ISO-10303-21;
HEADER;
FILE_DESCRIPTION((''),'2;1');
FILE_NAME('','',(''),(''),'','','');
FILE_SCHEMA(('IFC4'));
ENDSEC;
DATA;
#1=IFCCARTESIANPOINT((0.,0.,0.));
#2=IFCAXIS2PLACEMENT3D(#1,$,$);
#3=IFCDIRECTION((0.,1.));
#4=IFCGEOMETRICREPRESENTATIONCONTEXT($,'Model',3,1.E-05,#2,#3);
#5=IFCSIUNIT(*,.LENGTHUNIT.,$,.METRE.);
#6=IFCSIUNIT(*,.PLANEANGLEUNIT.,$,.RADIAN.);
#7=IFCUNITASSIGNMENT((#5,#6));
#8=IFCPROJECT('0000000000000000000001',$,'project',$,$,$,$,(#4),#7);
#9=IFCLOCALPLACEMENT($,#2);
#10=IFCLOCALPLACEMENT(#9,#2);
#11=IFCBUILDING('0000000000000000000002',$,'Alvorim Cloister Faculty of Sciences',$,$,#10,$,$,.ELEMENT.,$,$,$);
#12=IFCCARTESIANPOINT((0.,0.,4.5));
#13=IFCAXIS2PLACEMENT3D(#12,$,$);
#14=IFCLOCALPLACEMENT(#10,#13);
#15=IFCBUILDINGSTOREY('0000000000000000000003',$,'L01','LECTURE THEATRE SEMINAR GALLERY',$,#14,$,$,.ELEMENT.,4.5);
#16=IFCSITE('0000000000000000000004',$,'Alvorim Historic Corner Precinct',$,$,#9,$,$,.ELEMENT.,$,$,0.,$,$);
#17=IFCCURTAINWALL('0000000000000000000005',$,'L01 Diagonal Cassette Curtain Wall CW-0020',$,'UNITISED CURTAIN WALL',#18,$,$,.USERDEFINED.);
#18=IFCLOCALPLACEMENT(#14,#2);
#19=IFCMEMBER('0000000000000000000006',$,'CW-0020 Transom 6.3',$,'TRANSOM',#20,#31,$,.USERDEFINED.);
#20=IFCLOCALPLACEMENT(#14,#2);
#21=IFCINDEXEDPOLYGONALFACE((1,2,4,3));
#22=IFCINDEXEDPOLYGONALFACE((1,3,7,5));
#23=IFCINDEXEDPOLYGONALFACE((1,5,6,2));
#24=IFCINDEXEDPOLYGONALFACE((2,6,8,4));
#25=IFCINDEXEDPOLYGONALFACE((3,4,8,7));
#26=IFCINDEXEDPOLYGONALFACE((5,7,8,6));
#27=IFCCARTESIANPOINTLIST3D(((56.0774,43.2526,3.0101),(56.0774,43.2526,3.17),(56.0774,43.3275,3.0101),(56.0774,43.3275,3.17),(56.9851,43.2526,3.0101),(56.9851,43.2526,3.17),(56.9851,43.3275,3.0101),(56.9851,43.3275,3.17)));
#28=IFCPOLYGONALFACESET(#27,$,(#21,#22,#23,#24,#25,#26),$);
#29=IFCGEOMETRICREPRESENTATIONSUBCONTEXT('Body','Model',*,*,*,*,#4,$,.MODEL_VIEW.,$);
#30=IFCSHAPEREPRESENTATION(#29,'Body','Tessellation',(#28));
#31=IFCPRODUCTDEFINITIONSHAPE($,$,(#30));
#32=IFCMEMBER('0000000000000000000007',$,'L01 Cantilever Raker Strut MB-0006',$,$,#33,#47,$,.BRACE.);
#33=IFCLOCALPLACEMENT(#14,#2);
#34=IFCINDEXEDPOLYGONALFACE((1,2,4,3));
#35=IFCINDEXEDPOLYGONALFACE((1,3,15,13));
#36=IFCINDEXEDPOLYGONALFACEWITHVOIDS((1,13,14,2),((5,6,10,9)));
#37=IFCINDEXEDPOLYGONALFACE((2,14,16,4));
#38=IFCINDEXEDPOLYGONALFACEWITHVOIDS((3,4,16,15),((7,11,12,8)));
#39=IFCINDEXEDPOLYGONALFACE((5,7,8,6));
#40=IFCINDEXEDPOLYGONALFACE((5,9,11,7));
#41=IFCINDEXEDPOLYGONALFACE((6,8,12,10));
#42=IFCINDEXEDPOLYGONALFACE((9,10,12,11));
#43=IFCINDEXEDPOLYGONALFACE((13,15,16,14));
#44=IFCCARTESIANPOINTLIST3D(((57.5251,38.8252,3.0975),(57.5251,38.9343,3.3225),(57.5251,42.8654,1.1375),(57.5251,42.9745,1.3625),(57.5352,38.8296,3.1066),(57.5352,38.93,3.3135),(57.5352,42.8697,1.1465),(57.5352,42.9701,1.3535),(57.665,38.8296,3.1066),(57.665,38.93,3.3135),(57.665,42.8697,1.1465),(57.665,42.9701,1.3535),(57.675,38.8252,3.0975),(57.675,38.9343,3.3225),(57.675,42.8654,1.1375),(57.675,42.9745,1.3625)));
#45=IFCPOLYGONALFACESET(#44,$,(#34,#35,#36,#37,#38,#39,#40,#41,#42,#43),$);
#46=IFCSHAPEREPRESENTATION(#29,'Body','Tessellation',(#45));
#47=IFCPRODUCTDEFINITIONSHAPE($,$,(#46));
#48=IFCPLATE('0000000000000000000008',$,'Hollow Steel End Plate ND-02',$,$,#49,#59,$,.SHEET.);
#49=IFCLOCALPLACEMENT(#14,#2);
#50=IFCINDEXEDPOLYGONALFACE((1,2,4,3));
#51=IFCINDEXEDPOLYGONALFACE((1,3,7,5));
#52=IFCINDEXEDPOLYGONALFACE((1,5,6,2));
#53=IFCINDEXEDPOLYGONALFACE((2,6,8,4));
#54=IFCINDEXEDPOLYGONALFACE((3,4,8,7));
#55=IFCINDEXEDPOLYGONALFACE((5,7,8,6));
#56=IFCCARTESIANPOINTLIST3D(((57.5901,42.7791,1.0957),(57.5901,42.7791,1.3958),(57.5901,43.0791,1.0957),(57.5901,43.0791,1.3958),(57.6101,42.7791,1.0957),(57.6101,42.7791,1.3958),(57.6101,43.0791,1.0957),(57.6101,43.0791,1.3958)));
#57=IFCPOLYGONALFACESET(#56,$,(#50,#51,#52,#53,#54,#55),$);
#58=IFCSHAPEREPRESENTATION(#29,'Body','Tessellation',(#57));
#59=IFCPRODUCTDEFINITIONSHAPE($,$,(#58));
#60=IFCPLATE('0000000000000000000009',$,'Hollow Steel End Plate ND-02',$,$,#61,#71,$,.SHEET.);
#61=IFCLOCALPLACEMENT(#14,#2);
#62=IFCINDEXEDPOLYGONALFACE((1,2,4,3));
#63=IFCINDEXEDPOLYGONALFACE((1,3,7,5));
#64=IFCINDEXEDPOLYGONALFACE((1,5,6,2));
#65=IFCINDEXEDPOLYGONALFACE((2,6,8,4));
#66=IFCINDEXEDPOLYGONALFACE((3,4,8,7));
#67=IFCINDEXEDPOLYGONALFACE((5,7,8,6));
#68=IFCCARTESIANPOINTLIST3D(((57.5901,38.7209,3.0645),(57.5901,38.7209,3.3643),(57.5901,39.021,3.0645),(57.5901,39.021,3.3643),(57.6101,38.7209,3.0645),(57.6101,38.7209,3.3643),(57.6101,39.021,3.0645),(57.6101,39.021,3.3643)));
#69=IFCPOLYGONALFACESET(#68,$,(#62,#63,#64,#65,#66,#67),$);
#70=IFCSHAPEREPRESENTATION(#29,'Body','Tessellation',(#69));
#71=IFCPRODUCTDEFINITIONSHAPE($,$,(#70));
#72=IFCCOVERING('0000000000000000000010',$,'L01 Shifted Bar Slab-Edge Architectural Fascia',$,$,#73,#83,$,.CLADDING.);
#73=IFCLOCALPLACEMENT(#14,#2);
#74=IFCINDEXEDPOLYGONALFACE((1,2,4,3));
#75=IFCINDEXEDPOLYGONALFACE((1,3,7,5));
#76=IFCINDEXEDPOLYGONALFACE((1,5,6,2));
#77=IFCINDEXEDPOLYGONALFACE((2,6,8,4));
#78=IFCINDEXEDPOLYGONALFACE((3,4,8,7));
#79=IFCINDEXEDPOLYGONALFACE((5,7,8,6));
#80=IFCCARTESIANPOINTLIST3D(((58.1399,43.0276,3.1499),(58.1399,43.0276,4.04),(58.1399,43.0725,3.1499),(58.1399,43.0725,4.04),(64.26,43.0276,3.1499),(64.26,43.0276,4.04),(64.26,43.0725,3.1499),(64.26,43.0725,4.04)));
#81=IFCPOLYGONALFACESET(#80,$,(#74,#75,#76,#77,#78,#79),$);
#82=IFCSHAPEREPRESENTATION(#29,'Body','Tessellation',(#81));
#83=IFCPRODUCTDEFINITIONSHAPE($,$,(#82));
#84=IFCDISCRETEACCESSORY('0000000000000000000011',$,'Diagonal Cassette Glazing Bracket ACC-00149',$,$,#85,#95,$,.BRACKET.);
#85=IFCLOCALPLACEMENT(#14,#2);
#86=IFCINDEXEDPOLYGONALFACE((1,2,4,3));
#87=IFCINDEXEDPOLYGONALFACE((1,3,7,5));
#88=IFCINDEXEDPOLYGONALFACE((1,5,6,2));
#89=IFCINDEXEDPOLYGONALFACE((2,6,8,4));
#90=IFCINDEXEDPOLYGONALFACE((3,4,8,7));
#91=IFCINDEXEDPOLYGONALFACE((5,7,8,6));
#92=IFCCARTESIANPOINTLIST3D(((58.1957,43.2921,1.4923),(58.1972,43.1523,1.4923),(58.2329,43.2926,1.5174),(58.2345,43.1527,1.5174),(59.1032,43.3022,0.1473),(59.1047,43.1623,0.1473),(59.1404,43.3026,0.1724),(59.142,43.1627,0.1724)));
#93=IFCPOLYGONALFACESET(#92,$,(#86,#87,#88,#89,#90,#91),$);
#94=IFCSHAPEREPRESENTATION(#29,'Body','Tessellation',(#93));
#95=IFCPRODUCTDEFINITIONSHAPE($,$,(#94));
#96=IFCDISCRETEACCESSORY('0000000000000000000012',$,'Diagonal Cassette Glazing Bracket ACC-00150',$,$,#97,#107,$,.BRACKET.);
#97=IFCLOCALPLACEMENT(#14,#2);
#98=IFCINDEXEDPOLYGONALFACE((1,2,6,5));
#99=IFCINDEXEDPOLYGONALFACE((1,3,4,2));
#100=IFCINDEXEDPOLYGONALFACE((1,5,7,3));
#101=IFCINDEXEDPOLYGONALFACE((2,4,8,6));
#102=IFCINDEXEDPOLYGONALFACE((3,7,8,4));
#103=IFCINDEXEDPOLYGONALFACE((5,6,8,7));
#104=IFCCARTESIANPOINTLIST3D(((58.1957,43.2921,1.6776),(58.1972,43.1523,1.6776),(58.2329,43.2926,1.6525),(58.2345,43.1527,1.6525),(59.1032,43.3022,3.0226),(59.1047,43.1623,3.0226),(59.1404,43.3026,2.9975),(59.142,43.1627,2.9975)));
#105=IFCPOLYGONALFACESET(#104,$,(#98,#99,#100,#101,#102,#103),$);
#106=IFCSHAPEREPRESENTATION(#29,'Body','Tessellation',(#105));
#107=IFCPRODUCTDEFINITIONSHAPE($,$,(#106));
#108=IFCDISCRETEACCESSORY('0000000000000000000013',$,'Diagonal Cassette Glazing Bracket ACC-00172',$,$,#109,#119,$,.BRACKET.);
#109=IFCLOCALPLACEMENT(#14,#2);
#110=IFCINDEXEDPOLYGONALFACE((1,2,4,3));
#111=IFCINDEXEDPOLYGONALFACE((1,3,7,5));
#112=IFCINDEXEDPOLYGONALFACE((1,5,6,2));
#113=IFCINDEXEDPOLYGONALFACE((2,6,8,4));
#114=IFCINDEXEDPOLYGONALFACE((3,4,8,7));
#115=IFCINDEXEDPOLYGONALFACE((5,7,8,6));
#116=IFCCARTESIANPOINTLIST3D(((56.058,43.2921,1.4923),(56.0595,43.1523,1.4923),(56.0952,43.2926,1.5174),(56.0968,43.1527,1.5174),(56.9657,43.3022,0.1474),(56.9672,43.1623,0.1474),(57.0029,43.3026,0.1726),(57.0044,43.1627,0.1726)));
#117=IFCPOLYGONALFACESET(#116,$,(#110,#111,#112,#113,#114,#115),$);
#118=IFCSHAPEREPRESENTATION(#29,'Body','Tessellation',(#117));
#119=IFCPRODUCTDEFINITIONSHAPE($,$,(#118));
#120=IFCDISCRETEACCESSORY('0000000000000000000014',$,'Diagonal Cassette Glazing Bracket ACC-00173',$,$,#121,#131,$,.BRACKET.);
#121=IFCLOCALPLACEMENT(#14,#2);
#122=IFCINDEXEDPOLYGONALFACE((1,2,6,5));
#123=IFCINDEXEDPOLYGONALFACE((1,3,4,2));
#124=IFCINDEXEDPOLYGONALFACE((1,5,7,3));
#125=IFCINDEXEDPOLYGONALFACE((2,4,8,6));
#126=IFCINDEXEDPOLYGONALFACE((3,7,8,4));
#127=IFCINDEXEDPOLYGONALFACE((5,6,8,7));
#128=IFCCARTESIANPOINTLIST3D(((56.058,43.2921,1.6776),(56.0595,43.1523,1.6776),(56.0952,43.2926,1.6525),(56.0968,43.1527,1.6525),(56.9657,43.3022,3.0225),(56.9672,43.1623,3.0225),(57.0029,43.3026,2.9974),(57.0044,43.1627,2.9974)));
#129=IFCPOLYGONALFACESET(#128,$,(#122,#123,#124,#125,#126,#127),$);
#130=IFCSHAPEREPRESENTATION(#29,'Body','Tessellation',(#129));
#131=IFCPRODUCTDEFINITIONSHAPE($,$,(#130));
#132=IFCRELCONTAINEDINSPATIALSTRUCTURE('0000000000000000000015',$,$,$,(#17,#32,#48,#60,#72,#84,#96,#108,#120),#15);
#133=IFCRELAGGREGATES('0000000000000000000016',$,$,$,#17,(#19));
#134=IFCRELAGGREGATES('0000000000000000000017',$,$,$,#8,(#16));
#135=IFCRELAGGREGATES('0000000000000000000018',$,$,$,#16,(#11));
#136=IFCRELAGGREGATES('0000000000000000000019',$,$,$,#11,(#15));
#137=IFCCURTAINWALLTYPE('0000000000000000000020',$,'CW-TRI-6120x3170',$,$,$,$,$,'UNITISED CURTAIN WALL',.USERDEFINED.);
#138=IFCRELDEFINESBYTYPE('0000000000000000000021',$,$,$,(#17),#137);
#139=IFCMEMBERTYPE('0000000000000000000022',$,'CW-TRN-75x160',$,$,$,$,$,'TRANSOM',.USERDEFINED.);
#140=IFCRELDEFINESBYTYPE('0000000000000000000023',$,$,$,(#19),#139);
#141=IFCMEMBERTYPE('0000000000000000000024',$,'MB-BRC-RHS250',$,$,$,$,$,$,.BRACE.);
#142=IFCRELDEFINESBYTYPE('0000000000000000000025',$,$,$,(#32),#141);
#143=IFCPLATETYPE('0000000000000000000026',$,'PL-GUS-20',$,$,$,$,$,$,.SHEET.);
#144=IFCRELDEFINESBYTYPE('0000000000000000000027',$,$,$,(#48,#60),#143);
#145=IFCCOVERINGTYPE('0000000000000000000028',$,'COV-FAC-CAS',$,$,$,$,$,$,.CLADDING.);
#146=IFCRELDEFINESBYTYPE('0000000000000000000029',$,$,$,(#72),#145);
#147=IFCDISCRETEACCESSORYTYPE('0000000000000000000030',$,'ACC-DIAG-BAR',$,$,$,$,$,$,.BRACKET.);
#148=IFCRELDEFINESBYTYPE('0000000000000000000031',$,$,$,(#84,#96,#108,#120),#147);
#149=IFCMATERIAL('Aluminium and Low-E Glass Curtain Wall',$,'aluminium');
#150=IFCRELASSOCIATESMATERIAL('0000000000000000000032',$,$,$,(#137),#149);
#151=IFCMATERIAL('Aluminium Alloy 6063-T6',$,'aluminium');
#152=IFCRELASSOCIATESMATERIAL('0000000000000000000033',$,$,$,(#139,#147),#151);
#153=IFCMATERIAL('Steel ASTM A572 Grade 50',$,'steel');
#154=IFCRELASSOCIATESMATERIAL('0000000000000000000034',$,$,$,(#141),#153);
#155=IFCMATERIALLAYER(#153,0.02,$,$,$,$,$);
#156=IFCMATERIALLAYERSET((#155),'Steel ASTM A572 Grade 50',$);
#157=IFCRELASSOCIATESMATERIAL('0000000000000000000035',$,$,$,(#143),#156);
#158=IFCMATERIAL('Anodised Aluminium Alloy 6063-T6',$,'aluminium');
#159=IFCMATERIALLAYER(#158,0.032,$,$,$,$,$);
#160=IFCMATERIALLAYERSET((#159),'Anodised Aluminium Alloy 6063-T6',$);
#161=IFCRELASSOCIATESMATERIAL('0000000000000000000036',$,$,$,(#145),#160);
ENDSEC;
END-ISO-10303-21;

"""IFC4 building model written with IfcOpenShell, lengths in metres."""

from ifc_helpers import new_model, si_unit, direction, frame, origin, origin_2d, place, context, subcontext, project, spatial, polyline, rectangle, hollow_rectangle, outline, extrude, material, layer, layer_set, material_profile, profile_set, type_object, element, aggregate, save


model = new_model("IFC4")

# Units and contexts
model_context = context("Model", 3, precision=1e-05, world=origin(), true_north=direction((0.0, 1.0)))
body_context = subcontext(model_context, "Body", "Model", "MODEL_VIEW")
ifc_project = project(units=[si_unit("LENGTHUNIT", "METRE"), si_unit("PLANEANGLEUNIT", "RADIAN")], contexts=[model_context])

# Site, building, storey
site_placement = place(None, origin())
site = spatial("IfcSite", under=ifc_project, at=site_placement, Name="Alvorim Historic Corner Precinct", CompositionType="ELEMENT", RefElevation=0.0)
building_placement = place(site_placement, origin())
building = spatial("IfcBuilding", under=site, at=building_placement, Name="Alvorim Cloister Faculty of Sciences", CompositionType="ELEMENT")
storey_placement = place(building_placement, frame((0.0, 0.0, 4.5)))
storey = spatial("IfcBuildingStorey", under=building, at=storey_placement, Name="L01", Description="LECTURE THEATRE SEMINAR GALLERY", CompositionType="ELEMENT", Elevation=4.5)

# Shared definitions
ifc_material_1 = material(Name="Steel ASTM A572 Grade 50", Category="steel")

# Shared definitions
ifc_material_2 = material(Name="Aluminium and Low-E Glass Curtain Wall", Category="aluminium")
curtain_wall_type = type_object("IfcCurtainWallType", Name="CW-TRI-6120x3170", ElementType="UNITISED CURTAIN WALL", PredefinedType="USERDEFINED", material=ifc_material_2)
ifc_material_3 = material(Name="Aluminium Alloy 6063-T6", Category="aluminium")

# Curtain wall
curtain_wall_1_placement = place(storey_placement, origin())
curtain_wall_1 = element("IfcCurtainWall", 1, at=curtain_wall_1_placement, inside=storey, type_object=curtain_wall_type, Name="L01 Diagonal Cassette Curtain Wall CW-0020", ObjectType="UNITISED CURTAIN WALL", PredefinedType="USERDEFINED")

# Members
ifc_material_profile_1 = material_profile(ifc_material_3, rectangle(XDim=0.075, YDim=0.1599, at=origin_2d()), Name="ALU-TRN-75x160")
ifc_profile_set_1 = profile_set([ifc_material_profile_1], Name="Aluminium Alloy 6063-T6")
member_type_1 = type_object("IfcMemberType", Name="CW-TRN-75x160", ElementType="TRANSOM", PredefinedType="USERDEFINED", material=ifc_profile_set_1)
member_1_placement = place(storey_placement, frame((56.0774, 43.29, 3.0901), z_axis=(1.0, 0.0, 0.0), x_axis=(0.0, 1.0, 0.0)))
member_1 = element("IfcMember", 2, at=member_1_placement, type_object=member_type_1, Name="CW-0020 Transom 6.3", ObjectType="TRANSOM", PredefinedType="USERDEFINED", context=body_context, shape_type="SweptSolid", body=[
    extrude(rectangle(XDim=0.075, YDim=0.1599, at=origin_2d()), origin(), (0.0, 0.0, 1.0), 0.9077),
])
ifc_material_profile_2 = material_profile(ifc_material_1, hollow_rectangle(XDim=0.1499, YDim=0.25, WallThickness=0.01, at=origin_2d()), Name="RHS250x150x10")
ifc_profile_set_2 = profile_set([ifc_material_profile_2], Name="Steel ASTM A572 Grade 50")
member_type_2 = type_object("IfcMemberType", Name="MB-BRC-RHS250", PredefinedType="BRACE", material=ifc_profile_set_2)
member_2_placement = place(storey_placement, frame((57.6001, 42.9199, 1.25), z_axis=(0.0, -0.899713, 0.436482), x_axis=(1.0, 0.0, 0.0)))
element("IfcMember", 3, at=member_2_placement, inside=storey, type_object=member_type_2, Name="L01 Cantilever Raker Strut MB-0006", PredefinedType="BRACE", context=body_context, shape_type="SweptSolid", body=[
    extrude(hollow_rectangle(XDim=0.1499, YDim=0.25, WallThickness=0.01, at=origin_2d()), origin(), (0.0, 0.0, 1.0), 4.4905),
])

# Plates
ifc_layer_1 = layer(ifc_material_1, 0.02)
ifc_layer_set_1 = layer_set([ifc_layer_1], Name="Steel ASTM A572 Grade 50")
plate_type_1 = type_object("IfcPlateType", Name="PL-GUS-20", PredefinedType="SHEET", material=ifc_layer_set_1)
plate_1_placement = place(storey_placement, frame((57.6001, 43.0791, 1.0957), z_axis=(0.0, 0.0, 1.0), x_axis=(0.0, -1.0, 0.0)))
element("IfcPlate", 4, at=plate_1_placement, inside=storey, type_object=plate_type_1, Name="Hollow Steel End Plate ND-02", PredefinedType="SHEET", context=body_context, shape_type="SweptSolid", body=[
    extrude(outline(polyline([(0.0, 0.0), (0.3, 0.0), (0.3, 0.3), (0.0, 0.3), (0.0, 0.0)])), frame((0.0, 0.01, 0.0), z_axis=(0.0, -1.0, 0.0), x_axis=(1.0, 0.0, 0.0)), (0.0, 0.0, 1.0), 0.02),
])
plate_2_placement = place(storey_placement, frame((57.6001, 39.021, 3.0645), z_axis=(0.0, 0.0, 1.0), x_axis=(0.0, -1.0, 0.0)))
element("IfcPlate", 5, at=plate_2_placement, inside=storey, type_object=plate_type_1, Name="Hollow Steel End Plate ND-02", PredefinedType="SHEET", context=body_context, shape_type="SweptSolid", body=[
    extrude(outline(polyline([(0.0, 0.0), (0.3, 0.0), (0.3, 0.2998), (0.0, 0.2998), (0.0, 0.0)])), frame((0.0, 0.01, 0.0), z_axis=(0.0, -1.0, 0.0), x_axis=(1.0, 0.0, 0.0)), (0.0, 0.0, 1.0), 0.02),
])

aggregate(curtain_wall_1, [member_1])

# Covering
ifc_material_4 = material(Name="Anodised Aluminium Alloy 6063-T6", Category="aluminium")
ifc_layer_2 = layer(ifc_material_4, 0.032)
ifc_layer_set_2 = layer_set([ifc_layer_2], Name="Anodised Aluminium Alloy 6063-T6")
covering_type = type_object("IfcCoveringType", Name="COV-FAC-CAS", PredefinedType="CLADDING", material=ifc_layer_set_2)
covering_placement = place(storey_placement, frame((58.1399, 43.05, 3.1499), z_axis=(0.0, 0.0, 1.0), x_axis=(1.0, 0.0, 0.0)))
element("IfcCovering", 6, at=covering_placement, inside=storey, type_object=covering_type, Name="L01 Shifted Bar Slab-Edge Architectural Fascia", PredefinedType="CLADDING", context=body_context, shape_type="SweptSolid", body=[
    extrude(outline(polyline([(0.0, 0.0), (6.1201, 0.0), (6.1201, 0.8901), (0.0, 0.8901), (0.0, 0.0)])), frame((0.0, 0.0225, 0.0), z_axis=(0.0, -1.0, 0.0), x_axis=(1.0, 0.0, 0.0)), (0.0, 0.0, 1.0), 0.0449),
])

# Discrete accessories
discrete_accessory_type = type_object("IfcDiscreteAccessoryType", Name="ACC-DIAG-BAR", PredefinedType="BRACKET", material=ifc_material_3)
for number, where, z_axis, x_axis, name in (
    (7, (58.2151, 43.2224, 1.5049), (0.559299, 0.006169, -0.828943), (-0.01103, 0.999939, 0.0), "Diagonal Cassette Glazing Bracket ACC-00149"),
    (8, (58.2151, 43.2224, 1.665), (0.559299, 0.006169, 0.828943), (-0.01103, 0.999939, 0.0), "Diagonal Cassette Glazing Bracket ACC-00150"),
    (9, (56.0774, 43.2224, 1.5049), (0.559403, 0.006169, -0.828873), (-0.011027, 0.999939, 0.0), "Diagonal Cassette Glazing Bracket ACC-00172"),
    (10, (56.0774, 43.2224, 1.665), (0.559403, 0.006169, 0.828873), (-0.011027, 0.999939, 0.0), "Diagonal Cassette Glazing Bracket ACC-00173"),
):
    element("IfcDiscreteAccessory", number, at=place(storey_placement, frame(where, z_axis=z_axis, x_axis=x_axis)), inside=storey, type_object=discrete_accessory_type, Name=name, PredefinedType="BRACKET", context=body_context, shape_type="SweptSolid", body=[
        extrude(rectangle(XDim=0.1399, YDim=0.0449, at=origin_2d()), origin(), (0.0, 0.0, 1.0), 1.6226),
    ])

save(model, "model.ifc")
